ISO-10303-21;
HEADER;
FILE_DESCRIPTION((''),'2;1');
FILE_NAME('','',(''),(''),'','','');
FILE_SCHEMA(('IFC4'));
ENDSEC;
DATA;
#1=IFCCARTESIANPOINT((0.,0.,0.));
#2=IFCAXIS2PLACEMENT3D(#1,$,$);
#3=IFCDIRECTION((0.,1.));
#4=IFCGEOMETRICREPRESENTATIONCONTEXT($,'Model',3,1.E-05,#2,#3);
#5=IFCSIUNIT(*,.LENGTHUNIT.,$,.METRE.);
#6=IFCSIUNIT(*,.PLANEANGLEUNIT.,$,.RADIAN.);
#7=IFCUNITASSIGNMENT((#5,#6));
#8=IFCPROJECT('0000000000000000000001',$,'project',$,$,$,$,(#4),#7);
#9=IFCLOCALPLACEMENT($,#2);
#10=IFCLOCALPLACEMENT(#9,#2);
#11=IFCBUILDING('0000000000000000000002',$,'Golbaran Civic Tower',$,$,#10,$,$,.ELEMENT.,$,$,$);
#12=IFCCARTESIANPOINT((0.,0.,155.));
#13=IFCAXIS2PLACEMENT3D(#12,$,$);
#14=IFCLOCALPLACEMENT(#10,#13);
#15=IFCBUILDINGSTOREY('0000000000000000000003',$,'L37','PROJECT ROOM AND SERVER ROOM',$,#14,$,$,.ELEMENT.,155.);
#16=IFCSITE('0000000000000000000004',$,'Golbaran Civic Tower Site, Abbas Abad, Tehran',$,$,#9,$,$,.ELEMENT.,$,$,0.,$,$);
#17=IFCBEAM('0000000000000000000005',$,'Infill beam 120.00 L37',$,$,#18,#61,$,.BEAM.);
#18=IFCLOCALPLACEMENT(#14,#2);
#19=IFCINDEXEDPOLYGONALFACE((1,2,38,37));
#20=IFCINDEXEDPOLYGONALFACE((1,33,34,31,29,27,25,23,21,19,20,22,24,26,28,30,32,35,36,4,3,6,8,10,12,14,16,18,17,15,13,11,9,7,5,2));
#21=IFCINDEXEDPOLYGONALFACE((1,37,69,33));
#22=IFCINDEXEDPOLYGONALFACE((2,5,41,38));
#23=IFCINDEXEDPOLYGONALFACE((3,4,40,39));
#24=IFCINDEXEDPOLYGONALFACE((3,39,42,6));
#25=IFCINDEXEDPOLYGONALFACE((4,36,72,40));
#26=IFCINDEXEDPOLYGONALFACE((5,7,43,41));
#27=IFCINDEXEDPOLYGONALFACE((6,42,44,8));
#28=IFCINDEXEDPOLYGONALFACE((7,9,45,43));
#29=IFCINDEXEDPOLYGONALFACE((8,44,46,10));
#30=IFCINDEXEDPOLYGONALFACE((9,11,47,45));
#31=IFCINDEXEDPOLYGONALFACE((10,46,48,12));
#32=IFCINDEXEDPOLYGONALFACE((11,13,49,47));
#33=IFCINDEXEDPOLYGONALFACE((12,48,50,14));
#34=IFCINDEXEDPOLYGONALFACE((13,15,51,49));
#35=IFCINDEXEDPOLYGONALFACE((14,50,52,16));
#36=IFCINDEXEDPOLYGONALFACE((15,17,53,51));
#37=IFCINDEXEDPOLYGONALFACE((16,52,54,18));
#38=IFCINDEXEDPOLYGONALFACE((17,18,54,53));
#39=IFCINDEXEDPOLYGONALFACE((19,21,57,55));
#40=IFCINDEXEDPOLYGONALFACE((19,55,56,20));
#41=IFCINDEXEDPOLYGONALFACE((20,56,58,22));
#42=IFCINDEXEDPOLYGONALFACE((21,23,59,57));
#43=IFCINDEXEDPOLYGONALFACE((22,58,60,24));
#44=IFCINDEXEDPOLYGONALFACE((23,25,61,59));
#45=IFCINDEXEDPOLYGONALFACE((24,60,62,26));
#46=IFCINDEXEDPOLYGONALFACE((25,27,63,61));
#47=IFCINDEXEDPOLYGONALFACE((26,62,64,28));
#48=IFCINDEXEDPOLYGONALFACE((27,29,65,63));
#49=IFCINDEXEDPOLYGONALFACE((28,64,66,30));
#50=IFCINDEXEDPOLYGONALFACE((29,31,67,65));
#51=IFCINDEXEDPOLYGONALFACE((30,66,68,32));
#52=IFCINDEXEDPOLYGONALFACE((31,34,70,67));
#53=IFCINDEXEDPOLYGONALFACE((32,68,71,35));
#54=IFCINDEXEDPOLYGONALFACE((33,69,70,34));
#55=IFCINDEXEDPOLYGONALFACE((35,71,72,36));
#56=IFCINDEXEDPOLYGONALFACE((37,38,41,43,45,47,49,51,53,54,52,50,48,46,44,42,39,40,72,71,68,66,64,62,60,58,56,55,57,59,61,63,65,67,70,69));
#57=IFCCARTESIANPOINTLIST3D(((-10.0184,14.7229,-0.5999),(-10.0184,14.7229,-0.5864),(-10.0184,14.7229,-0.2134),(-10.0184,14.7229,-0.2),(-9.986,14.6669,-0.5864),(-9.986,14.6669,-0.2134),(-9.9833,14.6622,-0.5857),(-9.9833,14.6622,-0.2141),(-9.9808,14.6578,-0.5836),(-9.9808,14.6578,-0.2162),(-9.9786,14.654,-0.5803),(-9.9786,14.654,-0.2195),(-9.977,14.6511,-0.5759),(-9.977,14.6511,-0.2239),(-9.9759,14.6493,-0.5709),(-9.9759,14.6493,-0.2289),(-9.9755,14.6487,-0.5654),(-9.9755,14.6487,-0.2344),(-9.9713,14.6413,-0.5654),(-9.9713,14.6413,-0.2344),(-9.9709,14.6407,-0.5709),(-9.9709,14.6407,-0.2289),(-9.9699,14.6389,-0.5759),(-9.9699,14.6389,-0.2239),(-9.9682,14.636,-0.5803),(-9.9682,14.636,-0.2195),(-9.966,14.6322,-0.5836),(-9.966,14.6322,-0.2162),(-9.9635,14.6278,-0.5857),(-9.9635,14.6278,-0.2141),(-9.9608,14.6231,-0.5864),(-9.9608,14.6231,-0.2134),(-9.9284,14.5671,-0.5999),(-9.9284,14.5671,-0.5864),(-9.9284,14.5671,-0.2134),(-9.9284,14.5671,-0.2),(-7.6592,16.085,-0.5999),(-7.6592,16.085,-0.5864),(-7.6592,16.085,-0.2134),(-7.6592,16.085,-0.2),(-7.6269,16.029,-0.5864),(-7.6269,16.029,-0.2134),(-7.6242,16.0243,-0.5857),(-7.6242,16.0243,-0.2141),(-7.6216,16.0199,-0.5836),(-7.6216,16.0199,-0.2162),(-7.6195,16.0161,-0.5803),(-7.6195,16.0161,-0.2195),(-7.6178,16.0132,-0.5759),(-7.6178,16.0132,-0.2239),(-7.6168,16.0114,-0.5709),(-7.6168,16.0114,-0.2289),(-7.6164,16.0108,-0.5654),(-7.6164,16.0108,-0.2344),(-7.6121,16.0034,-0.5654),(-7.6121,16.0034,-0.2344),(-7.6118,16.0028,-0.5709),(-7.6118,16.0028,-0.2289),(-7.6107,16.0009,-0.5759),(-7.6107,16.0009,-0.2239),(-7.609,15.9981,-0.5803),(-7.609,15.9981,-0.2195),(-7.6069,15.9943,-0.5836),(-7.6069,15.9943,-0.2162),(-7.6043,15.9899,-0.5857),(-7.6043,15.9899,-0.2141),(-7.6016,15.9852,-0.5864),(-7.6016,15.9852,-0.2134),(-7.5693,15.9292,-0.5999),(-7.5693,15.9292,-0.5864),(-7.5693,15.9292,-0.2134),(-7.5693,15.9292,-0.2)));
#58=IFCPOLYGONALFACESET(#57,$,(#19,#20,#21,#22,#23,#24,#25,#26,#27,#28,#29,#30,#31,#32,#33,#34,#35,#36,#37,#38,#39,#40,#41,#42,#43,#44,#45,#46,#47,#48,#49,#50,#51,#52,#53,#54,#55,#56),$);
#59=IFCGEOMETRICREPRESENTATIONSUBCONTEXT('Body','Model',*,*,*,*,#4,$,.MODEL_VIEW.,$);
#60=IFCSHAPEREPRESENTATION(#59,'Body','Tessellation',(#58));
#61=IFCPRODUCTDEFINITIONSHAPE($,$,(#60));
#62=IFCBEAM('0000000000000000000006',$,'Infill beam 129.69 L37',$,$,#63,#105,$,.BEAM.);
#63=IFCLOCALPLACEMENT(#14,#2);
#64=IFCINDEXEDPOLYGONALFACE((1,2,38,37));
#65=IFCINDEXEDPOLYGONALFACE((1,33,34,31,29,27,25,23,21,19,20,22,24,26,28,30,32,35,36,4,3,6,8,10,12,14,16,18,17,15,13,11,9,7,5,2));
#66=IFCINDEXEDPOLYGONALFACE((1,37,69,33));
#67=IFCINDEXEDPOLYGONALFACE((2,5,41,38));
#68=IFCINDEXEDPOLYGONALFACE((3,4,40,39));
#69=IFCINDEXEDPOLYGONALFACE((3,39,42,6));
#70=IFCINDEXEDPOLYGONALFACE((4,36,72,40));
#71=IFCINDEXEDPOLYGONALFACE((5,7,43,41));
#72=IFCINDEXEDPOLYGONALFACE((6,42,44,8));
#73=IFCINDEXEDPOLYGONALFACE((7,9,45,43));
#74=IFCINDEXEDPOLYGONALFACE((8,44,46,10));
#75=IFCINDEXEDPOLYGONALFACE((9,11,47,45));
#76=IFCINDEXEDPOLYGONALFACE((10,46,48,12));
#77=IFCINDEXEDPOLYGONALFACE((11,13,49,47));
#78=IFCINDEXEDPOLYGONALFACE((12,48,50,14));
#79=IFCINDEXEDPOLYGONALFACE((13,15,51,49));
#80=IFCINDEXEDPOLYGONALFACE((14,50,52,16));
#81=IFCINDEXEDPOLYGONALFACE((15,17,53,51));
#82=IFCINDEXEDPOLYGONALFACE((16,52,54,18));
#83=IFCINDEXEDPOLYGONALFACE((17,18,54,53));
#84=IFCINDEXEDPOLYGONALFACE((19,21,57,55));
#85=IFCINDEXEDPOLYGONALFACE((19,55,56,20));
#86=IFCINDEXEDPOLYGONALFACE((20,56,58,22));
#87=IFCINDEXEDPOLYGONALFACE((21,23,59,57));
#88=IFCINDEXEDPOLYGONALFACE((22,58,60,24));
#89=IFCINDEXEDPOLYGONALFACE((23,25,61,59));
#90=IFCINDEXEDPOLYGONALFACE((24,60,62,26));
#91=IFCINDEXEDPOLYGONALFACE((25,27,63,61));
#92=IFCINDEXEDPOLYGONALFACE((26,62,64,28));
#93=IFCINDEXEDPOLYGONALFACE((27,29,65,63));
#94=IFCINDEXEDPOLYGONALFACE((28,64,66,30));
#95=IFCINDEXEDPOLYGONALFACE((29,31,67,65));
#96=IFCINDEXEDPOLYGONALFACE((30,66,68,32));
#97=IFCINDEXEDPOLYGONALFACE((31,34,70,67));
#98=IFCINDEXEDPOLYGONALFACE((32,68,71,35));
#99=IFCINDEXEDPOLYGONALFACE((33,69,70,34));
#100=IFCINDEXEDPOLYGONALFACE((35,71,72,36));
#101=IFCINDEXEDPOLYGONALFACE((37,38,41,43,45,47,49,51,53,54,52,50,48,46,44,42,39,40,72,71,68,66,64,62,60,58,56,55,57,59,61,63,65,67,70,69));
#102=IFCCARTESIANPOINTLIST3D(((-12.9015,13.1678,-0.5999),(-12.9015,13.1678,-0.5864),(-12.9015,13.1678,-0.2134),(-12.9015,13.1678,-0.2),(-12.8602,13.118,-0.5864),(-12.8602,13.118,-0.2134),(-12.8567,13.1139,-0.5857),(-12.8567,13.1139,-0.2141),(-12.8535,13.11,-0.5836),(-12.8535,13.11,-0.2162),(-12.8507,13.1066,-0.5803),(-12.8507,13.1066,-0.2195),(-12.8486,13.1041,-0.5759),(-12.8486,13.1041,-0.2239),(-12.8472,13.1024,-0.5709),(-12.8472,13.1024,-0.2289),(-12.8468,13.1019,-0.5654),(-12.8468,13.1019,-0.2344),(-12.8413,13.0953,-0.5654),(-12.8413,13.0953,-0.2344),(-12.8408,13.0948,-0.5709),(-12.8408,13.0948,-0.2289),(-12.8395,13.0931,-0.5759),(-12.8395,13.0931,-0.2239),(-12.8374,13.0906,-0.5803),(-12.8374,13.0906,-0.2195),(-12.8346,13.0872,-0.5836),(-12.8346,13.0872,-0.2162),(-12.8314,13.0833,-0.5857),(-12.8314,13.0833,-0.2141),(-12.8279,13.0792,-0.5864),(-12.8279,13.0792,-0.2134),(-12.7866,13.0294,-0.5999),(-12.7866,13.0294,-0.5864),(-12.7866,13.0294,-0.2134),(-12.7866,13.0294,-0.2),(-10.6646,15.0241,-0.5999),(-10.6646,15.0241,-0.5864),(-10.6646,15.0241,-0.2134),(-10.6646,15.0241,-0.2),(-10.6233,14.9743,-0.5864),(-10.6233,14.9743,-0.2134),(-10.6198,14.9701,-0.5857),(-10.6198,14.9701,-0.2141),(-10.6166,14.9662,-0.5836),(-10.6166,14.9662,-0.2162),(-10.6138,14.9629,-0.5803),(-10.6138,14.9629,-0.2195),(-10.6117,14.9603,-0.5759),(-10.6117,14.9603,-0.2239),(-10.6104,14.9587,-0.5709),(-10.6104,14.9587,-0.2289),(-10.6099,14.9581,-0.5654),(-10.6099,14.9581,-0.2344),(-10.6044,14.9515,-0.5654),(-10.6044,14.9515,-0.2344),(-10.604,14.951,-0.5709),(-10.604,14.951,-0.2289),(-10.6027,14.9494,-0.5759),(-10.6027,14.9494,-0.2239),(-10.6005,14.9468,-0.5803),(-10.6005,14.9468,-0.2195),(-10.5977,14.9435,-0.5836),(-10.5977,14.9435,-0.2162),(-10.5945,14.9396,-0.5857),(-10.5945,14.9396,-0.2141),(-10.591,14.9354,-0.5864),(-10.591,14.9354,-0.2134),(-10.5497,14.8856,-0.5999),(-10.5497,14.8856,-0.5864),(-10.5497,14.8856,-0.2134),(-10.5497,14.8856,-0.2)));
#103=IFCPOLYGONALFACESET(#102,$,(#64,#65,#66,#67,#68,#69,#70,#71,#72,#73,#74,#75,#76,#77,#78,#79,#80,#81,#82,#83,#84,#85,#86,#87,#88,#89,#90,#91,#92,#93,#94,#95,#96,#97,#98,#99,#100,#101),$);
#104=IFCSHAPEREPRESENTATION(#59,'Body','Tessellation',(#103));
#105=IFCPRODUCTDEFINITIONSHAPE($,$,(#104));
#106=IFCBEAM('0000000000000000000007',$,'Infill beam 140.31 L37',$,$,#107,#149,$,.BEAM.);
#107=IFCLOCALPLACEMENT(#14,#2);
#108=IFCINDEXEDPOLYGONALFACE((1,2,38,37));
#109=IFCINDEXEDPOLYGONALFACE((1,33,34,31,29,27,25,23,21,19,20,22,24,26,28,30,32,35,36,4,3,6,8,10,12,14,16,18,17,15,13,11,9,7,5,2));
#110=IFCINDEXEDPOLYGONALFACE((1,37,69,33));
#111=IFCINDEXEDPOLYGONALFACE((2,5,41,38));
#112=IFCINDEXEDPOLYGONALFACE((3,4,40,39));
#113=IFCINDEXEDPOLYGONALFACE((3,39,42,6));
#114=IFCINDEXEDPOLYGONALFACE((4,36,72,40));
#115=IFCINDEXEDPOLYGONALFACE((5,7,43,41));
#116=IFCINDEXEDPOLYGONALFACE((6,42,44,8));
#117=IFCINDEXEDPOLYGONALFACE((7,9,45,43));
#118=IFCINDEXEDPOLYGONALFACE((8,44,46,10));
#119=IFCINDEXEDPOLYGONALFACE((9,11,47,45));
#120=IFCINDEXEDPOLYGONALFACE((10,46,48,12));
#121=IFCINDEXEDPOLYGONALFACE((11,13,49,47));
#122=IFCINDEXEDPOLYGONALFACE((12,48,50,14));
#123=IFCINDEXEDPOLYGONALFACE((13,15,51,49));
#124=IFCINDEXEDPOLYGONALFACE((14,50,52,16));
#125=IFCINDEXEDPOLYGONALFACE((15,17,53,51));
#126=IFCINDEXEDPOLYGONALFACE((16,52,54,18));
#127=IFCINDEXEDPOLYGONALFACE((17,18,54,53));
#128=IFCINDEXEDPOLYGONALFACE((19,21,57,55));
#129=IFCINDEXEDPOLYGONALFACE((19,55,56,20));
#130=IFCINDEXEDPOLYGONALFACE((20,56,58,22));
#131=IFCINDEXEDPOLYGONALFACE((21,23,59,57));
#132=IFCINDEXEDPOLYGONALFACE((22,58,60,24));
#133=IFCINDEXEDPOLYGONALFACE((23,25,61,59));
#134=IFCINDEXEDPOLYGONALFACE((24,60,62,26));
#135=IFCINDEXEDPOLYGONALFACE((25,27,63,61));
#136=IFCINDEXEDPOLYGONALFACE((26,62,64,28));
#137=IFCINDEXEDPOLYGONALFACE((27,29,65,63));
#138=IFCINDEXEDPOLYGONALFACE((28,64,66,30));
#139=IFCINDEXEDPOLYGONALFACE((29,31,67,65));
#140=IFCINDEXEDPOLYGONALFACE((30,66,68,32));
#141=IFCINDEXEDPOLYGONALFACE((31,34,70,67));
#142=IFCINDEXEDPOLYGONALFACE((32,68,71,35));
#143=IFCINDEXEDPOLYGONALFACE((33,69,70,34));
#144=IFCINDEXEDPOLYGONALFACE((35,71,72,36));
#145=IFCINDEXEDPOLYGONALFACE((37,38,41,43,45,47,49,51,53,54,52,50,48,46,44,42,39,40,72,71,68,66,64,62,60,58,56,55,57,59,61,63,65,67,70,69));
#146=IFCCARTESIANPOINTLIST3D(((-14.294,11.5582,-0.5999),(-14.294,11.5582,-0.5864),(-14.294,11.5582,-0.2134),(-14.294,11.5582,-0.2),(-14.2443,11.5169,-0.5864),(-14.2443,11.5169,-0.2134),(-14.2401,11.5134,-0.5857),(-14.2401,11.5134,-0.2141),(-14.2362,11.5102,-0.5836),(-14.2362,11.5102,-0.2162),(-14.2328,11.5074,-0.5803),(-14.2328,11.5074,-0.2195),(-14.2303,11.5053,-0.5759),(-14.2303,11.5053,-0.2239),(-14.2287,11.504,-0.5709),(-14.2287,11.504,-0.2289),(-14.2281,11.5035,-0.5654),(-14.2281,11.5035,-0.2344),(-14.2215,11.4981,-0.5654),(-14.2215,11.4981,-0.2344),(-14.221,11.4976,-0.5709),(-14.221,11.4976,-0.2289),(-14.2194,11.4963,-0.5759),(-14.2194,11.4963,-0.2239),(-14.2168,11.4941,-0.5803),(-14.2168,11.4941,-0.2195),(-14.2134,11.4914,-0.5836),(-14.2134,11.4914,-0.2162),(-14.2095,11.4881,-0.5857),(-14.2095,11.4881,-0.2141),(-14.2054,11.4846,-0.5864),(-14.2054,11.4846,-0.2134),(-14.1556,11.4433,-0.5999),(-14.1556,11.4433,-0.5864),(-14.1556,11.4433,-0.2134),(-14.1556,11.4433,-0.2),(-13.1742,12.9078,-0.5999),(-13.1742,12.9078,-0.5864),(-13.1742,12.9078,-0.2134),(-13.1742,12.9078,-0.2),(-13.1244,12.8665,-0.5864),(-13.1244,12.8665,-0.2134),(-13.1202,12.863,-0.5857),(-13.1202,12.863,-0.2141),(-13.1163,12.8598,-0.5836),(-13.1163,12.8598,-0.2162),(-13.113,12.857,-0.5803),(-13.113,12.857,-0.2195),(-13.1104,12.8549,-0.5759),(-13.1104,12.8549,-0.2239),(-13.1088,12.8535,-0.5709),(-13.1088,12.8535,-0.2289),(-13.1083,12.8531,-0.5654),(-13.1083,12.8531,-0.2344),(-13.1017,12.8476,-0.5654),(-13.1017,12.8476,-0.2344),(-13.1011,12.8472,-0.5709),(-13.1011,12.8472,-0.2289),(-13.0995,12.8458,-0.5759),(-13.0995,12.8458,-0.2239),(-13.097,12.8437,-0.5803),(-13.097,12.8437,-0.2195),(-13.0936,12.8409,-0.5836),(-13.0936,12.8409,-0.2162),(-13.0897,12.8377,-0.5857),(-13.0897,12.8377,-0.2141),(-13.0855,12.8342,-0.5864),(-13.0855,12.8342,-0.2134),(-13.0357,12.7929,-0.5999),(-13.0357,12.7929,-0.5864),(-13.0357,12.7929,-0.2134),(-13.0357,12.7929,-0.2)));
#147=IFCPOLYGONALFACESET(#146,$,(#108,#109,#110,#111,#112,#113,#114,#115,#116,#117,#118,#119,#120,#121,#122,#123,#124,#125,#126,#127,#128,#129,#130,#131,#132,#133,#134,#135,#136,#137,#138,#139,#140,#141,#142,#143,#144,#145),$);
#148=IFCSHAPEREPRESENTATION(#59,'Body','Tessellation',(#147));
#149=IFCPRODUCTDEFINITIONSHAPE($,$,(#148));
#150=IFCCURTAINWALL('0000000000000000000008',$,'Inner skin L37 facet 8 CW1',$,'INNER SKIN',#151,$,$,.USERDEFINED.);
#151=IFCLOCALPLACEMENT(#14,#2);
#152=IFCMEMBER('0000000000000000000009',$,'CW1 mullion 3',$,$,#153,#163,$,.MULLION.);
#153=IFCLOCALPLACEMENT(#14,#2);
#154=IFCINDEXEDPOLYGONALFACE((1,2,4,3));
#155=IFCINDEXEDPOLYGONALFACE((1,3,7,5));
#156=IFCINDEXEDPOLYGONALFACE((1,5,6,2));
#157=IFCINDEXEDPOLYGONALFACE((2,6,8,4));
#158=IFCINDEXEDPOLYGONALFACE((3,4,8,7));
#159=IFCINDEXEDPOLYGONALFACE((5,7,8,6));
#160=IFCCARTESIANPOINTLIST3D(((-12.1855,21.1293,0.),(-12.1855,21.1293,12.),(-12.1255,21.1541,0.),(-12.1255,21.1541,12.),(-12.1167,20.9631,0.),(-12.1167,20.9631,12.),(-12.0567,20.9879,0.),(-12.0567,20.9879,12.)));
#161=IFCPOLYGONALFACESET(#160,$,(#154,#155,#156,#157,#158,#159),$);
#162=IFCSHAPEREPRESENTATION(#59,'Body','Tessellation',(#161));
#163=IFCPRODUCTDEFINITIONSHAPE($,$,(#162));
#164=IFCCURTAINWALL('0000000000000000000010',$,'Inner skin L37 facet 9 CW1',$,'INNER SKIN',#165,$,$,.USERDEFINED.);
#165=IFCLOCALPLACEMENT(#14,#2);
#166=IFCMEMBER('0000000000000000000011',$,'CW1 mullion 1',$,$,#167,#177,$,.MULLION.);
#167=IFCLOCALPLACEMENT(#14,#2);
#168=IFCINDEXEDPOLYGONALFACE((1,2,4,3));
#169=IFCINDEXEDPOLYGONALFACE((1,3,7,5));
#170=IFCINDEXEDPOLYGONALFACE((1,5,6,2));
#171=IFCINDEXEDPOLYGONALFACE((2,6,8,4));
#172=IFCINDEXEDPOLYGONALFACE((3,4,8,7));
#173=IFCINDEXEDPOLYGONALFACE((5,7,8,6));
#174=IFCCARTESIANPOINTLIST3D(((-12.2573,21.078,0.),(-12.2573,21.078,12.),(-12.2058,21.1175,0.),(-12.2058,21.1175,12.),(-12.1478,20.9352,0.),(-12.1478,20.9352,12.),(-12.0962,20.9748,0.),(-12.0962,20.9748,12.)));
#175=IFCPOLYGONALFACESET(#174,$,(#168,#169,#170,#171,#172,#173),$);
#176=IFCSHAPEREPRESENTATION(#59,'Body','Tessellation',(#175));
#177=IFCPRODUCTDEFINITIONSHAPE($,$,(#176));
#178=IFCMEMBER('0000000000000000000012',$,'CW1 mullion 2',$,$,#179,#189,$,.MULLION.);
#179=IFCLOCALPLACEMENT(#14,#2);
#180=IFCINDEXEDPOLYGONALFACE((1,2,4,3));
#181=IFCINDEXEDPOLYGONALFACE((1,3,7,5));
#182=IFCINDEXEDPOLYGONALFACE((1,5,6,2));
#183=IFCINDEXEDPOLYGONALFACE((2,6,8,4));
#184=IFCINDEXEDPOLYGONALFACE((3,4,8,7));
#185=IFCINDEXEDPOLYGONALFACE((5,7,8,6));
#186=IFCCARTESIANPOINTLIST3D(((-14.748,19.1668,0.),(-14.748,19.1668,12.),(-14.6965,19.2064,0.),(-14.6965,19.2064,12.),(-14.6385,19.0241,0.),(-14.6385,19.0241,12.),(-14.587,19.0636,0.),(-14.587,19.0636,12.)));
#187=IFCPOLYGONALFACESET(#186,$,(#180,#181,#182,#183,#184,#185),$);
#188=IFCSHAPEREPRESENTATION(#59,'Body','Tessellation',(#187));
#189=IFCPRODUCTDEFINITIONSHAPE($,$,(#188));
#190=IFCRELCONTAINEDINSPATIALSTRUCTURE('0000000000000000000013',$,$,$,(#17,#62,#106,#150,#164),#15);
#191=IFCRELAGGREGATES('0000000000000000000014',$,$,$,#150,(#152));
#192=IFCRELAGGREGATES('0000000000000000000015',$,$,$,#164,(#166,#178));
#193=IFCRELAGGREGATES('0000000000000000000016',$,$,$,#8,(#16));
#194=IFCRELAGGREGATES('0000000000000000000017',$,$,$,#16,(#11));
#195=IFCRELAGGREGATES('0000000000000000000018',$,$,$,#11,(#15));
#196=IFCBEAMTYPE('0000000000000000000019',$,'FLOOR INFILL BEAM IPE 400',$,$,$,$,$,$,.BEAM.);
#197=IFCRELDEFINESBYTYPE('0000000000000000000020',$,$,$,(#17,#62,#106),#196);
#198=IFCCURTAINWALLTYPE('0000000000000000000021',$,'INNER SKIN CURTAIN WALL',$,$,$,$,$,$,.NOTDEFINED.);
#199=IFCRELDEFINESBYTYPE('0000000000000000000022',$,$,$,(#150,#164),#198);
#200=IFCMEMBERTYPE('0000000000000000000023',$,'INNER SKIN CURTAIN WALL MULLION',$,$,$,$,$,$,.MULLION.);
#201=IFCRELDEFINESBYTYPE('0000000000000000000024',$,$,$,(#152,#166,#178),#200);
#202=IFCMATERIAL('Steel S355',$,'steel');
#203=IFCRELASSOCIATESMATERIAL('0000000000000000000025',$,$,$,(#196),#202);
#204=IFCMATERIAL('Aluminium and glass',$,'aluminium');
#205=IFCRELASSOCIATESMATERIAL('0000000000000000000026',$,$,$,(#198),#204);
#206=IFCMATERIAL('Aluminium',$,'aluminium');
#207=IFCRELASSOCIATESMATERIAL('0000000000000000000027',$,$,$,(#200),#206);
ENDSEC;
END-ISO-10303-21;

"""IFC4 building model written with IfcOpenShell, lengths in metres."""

from ifc_helpers import new_model, si_unit, direction, frame, origin, origin_2d, place, context, subcontext, project, spatial, rectangle, i_section, extrude, material, material_profile, profile_set, type_object, element, aggregate, save


model = new_model("IFC4")

# Units and contexts
model_context = context("Model", 3, precision=1e-05, world=origin(), true_north=direction((0.0, 1.0)))
body_context = subcontext(model_context, "Body", "Model", "MODEL_VIEW")
ifc_project = project(units=[si_unit("LENGTHUNIT", "METRE"), si_unit("PLANEANGLEUNIT", "RADIAN")], contexts=[model_context])

# Site, building, storey
site_placement = place(None, origin())
site = spatial("IfcSite", under=ifc_project, at=site_placement, Name="Golbaran Civic Tower Site, Abbas Abad, Tehran", CompositionType="ELEMENT", RefElevation=0.0)
building_placement = place(site_placement, origin())
building = spatial("IfcBuilding", under=site, at=building_placement, Name="Golbaran Civic Tower", CompositionType="ELEMENT")
storey_placement = place(building_placement, frame((0.0, 0.0, 155.0)))
storey = spatial("IfcBuildingStorey", under=building, at=storey_placement, Name="L37", Description="PROJECT ROOM AND SERVER ROOM", CompositionType="ELEMENT", Elevation=155.0)

# Beams
ifc_material_1 = material(Name="Steel S355", Category="steel")
ifc_material_profile_1 = material_profile(ifc_material_1, i_section(OverallWidth=0.1799, OverallDepth=0.3999, WebThickness=0.0085, FlangeThickness=0.0134, FilletRadius=0.021, at=origin_2d()), Name="IPE 400")
ifc_profile_set_1 = profile_set([ifc_material_profile_1], Name="Steel S355")
beam_type_1 = type_object("IfcBeamType", Name="FLOOR INFILL BEAM IPE 400", PredefinedType="BEAM", material=ifc_profile_set_1)
beam_1_placement = place(storey_placement, frame((-7.6143, 16.0071, -0.3999), z_axis=(-0.866023, -0.500004, 0.0), x_axis=(0.500004, -0.866023, 0.0)))
element("IfcBeam", 1, at=beam_1_placement, inside=storey, type_object=beam_type_1, Name="Infill beam 120.00 L37", PredefinedType="BEAM", context=body_context, shape_type="SweptSolid", body=[
    extrude(i_section(OverallWidth=0.1799, OverallDepth=0.3999, WebThickness=0.0085, FlangeThickness=0.0134, FilletRadius=0.021, at=origin_2d()), origin(), (0.0, 0.0, 1.0), 2.7241),
])
beam_2_placement = place(storey_placement, frame((-10.6072, 14.9548, -0.3999), z_axis=(-0.769541, -0.638597, 0.0), x_axis=(0.638597, -0.769541, 0.0)))
element("IfcBeam", 2, at=beam_2_placement, inside=storey, type_object=beam_type_1, Name="Infill beam 129.69 L37", PredefinedType="BEAM", context=body_context, shape_type="SweptSolid", body=[
    extrude(i_section(OverallWidth=0.1799, OverallDepth=0.3999, WebThickness=0.0085, FlangeThickness=0.0134, FilletRadius=0.021, at=origin_2d()), origin(), (0.0, 0.0, 1.0), 2.9067),
])
beam_3_placement = place(storey_placement, frame((-13.105, 12.8503, -0.3999), z_axis=(-0.638567, -0.769566, 0.0), x_axis=(0.769566, -0.638567, 0.0)))
element("IfcBeam", 3, at=beam_3_placement, inside=storey, type_object=beam_type_1, Name="Infill beam 140.31 L37", PredefinedType="BEAM", context=body_context, shape_type="SweptSolid", body=[
    extrude(i_section(OverallWidth=0.1799, OverallDepth=0.3999, WebThickness=0.0085, FlangeThickness=0.0134, FilletRadius=0.021, at=origin_2d()), origin(), (0.0, 0.0, 1.0), 1.7537),
])

# Curtain wall, member
ifc_material_2 = material(Name="Aluminium and glass", Category="aluminium")
curtain_wall_type = type_object("IfcCurtainWallType", Name="INNER SKIN CURTAIN WALL", PredefinedType="NOTDEFINED", material=ifc_material_2)
curtain_wall_1_placement = place(storey_placement, origin())
curtain_wall_1 = element("IfcCurtainWall", 4, at=curtain_wall_1_placement, inside=storey, type_object=curtain_wall_type, Name="Inner skin L37 facet 8 CW1", ObjectType="INNER SKIN", PredefinedType="USERDEFINED")
ifc_material_3 = material(Name="Aluminium", Category="aluminium")
ifc_material_profile_2 = material_profile(ifc_material_3, rectangle(XDim=0.1799, YDim=0.0649, at=origin_2d()), Name="INNER SKIN CURTAIN WALL MULLION")
ifc_profile_set_2 = profile_set([ifc_material_profile_2], Name="Aluminium")
member_type_1 = type_object("IfcMemberType", Name="INNER SKIN CURTAIN WALL MULLION", PredefinedType="MULLION", material=ifc_profile_set_2)
member_1_placement = place(storey_placement, frame((-12.1211, 21.0586, 0.0), z_axis=(0.0, 0.0, 1.0), x_axis=(0.382683, -0.92388, 0.0)))
member_1 = element("IfcMember", 5, at=member_1_placement, type_object=member_type_1, Name="CW1 mullion 3", PredefinedType="MULLION", context=body_context, shape_type="SweptSolid", body=[
    extrude(rectangle(XDim=0.1799, YDim=0.0649, at=origin_2d()), origin(), (0.0, 0.0, 1.0), 12.0),
])

# Curtain wall, members
curtain_wall_2_placement = place(storey_placement, origin())
curtain_wall_2 = element("IfcCurtainWall", 6, at=curtain_wall_2_placement, inside=storey, type_object=curtain_wall_type, Name="Inner skin L37 facet 9 CW1", ObjectType="INNER SKIN", PredefinedType="USERDEFINED")
member_2_placement = place(storey_placement, frame((-12.1768, 21.0264, 0.0), z_axis=(0.0, 0.0, 1.0), x_axis=(0.608761, -0.793353, 0.0)))
member_2 = element("IfcMember", 7, at=member_2_placement, type_object=member_type_1, Name="CW1 mullion 1", PredefinedType="MULLION", context=body_context, shape_type="SweptSolid", body=[
    extrude(rectangle(XDim=0.1799, YDim=0.0649, at=origin_2d()), origin(), (0.0, 0.0, 1.0), 12.0),
])
member_3_placement = place(storey_placement, frame((-14.6675, 19.1152, 0.0), z_axis=(0.0, 0.0, 1.0), x_axis=(0.608761, -0.793353, 0.0)))
member_3 = element("IfcMember", 8, at=member_3_placement, type_object=member_type_1, Name="CW1 mullion 2", PredefinedType="MULLION", context=body_context, shape_type="SweptSolid", body=[
    extrude(rectangle(XDim=0.1799, YDim=0.0649, at=origin_2d()), origin(), (0.0, 0.0, 1.0), 12.0),
])

aggregate(curtain_wall_1, [member_1])
aggregate(curtain_wall_2, [member_2, member_3])

save(model, "model.ifc")
